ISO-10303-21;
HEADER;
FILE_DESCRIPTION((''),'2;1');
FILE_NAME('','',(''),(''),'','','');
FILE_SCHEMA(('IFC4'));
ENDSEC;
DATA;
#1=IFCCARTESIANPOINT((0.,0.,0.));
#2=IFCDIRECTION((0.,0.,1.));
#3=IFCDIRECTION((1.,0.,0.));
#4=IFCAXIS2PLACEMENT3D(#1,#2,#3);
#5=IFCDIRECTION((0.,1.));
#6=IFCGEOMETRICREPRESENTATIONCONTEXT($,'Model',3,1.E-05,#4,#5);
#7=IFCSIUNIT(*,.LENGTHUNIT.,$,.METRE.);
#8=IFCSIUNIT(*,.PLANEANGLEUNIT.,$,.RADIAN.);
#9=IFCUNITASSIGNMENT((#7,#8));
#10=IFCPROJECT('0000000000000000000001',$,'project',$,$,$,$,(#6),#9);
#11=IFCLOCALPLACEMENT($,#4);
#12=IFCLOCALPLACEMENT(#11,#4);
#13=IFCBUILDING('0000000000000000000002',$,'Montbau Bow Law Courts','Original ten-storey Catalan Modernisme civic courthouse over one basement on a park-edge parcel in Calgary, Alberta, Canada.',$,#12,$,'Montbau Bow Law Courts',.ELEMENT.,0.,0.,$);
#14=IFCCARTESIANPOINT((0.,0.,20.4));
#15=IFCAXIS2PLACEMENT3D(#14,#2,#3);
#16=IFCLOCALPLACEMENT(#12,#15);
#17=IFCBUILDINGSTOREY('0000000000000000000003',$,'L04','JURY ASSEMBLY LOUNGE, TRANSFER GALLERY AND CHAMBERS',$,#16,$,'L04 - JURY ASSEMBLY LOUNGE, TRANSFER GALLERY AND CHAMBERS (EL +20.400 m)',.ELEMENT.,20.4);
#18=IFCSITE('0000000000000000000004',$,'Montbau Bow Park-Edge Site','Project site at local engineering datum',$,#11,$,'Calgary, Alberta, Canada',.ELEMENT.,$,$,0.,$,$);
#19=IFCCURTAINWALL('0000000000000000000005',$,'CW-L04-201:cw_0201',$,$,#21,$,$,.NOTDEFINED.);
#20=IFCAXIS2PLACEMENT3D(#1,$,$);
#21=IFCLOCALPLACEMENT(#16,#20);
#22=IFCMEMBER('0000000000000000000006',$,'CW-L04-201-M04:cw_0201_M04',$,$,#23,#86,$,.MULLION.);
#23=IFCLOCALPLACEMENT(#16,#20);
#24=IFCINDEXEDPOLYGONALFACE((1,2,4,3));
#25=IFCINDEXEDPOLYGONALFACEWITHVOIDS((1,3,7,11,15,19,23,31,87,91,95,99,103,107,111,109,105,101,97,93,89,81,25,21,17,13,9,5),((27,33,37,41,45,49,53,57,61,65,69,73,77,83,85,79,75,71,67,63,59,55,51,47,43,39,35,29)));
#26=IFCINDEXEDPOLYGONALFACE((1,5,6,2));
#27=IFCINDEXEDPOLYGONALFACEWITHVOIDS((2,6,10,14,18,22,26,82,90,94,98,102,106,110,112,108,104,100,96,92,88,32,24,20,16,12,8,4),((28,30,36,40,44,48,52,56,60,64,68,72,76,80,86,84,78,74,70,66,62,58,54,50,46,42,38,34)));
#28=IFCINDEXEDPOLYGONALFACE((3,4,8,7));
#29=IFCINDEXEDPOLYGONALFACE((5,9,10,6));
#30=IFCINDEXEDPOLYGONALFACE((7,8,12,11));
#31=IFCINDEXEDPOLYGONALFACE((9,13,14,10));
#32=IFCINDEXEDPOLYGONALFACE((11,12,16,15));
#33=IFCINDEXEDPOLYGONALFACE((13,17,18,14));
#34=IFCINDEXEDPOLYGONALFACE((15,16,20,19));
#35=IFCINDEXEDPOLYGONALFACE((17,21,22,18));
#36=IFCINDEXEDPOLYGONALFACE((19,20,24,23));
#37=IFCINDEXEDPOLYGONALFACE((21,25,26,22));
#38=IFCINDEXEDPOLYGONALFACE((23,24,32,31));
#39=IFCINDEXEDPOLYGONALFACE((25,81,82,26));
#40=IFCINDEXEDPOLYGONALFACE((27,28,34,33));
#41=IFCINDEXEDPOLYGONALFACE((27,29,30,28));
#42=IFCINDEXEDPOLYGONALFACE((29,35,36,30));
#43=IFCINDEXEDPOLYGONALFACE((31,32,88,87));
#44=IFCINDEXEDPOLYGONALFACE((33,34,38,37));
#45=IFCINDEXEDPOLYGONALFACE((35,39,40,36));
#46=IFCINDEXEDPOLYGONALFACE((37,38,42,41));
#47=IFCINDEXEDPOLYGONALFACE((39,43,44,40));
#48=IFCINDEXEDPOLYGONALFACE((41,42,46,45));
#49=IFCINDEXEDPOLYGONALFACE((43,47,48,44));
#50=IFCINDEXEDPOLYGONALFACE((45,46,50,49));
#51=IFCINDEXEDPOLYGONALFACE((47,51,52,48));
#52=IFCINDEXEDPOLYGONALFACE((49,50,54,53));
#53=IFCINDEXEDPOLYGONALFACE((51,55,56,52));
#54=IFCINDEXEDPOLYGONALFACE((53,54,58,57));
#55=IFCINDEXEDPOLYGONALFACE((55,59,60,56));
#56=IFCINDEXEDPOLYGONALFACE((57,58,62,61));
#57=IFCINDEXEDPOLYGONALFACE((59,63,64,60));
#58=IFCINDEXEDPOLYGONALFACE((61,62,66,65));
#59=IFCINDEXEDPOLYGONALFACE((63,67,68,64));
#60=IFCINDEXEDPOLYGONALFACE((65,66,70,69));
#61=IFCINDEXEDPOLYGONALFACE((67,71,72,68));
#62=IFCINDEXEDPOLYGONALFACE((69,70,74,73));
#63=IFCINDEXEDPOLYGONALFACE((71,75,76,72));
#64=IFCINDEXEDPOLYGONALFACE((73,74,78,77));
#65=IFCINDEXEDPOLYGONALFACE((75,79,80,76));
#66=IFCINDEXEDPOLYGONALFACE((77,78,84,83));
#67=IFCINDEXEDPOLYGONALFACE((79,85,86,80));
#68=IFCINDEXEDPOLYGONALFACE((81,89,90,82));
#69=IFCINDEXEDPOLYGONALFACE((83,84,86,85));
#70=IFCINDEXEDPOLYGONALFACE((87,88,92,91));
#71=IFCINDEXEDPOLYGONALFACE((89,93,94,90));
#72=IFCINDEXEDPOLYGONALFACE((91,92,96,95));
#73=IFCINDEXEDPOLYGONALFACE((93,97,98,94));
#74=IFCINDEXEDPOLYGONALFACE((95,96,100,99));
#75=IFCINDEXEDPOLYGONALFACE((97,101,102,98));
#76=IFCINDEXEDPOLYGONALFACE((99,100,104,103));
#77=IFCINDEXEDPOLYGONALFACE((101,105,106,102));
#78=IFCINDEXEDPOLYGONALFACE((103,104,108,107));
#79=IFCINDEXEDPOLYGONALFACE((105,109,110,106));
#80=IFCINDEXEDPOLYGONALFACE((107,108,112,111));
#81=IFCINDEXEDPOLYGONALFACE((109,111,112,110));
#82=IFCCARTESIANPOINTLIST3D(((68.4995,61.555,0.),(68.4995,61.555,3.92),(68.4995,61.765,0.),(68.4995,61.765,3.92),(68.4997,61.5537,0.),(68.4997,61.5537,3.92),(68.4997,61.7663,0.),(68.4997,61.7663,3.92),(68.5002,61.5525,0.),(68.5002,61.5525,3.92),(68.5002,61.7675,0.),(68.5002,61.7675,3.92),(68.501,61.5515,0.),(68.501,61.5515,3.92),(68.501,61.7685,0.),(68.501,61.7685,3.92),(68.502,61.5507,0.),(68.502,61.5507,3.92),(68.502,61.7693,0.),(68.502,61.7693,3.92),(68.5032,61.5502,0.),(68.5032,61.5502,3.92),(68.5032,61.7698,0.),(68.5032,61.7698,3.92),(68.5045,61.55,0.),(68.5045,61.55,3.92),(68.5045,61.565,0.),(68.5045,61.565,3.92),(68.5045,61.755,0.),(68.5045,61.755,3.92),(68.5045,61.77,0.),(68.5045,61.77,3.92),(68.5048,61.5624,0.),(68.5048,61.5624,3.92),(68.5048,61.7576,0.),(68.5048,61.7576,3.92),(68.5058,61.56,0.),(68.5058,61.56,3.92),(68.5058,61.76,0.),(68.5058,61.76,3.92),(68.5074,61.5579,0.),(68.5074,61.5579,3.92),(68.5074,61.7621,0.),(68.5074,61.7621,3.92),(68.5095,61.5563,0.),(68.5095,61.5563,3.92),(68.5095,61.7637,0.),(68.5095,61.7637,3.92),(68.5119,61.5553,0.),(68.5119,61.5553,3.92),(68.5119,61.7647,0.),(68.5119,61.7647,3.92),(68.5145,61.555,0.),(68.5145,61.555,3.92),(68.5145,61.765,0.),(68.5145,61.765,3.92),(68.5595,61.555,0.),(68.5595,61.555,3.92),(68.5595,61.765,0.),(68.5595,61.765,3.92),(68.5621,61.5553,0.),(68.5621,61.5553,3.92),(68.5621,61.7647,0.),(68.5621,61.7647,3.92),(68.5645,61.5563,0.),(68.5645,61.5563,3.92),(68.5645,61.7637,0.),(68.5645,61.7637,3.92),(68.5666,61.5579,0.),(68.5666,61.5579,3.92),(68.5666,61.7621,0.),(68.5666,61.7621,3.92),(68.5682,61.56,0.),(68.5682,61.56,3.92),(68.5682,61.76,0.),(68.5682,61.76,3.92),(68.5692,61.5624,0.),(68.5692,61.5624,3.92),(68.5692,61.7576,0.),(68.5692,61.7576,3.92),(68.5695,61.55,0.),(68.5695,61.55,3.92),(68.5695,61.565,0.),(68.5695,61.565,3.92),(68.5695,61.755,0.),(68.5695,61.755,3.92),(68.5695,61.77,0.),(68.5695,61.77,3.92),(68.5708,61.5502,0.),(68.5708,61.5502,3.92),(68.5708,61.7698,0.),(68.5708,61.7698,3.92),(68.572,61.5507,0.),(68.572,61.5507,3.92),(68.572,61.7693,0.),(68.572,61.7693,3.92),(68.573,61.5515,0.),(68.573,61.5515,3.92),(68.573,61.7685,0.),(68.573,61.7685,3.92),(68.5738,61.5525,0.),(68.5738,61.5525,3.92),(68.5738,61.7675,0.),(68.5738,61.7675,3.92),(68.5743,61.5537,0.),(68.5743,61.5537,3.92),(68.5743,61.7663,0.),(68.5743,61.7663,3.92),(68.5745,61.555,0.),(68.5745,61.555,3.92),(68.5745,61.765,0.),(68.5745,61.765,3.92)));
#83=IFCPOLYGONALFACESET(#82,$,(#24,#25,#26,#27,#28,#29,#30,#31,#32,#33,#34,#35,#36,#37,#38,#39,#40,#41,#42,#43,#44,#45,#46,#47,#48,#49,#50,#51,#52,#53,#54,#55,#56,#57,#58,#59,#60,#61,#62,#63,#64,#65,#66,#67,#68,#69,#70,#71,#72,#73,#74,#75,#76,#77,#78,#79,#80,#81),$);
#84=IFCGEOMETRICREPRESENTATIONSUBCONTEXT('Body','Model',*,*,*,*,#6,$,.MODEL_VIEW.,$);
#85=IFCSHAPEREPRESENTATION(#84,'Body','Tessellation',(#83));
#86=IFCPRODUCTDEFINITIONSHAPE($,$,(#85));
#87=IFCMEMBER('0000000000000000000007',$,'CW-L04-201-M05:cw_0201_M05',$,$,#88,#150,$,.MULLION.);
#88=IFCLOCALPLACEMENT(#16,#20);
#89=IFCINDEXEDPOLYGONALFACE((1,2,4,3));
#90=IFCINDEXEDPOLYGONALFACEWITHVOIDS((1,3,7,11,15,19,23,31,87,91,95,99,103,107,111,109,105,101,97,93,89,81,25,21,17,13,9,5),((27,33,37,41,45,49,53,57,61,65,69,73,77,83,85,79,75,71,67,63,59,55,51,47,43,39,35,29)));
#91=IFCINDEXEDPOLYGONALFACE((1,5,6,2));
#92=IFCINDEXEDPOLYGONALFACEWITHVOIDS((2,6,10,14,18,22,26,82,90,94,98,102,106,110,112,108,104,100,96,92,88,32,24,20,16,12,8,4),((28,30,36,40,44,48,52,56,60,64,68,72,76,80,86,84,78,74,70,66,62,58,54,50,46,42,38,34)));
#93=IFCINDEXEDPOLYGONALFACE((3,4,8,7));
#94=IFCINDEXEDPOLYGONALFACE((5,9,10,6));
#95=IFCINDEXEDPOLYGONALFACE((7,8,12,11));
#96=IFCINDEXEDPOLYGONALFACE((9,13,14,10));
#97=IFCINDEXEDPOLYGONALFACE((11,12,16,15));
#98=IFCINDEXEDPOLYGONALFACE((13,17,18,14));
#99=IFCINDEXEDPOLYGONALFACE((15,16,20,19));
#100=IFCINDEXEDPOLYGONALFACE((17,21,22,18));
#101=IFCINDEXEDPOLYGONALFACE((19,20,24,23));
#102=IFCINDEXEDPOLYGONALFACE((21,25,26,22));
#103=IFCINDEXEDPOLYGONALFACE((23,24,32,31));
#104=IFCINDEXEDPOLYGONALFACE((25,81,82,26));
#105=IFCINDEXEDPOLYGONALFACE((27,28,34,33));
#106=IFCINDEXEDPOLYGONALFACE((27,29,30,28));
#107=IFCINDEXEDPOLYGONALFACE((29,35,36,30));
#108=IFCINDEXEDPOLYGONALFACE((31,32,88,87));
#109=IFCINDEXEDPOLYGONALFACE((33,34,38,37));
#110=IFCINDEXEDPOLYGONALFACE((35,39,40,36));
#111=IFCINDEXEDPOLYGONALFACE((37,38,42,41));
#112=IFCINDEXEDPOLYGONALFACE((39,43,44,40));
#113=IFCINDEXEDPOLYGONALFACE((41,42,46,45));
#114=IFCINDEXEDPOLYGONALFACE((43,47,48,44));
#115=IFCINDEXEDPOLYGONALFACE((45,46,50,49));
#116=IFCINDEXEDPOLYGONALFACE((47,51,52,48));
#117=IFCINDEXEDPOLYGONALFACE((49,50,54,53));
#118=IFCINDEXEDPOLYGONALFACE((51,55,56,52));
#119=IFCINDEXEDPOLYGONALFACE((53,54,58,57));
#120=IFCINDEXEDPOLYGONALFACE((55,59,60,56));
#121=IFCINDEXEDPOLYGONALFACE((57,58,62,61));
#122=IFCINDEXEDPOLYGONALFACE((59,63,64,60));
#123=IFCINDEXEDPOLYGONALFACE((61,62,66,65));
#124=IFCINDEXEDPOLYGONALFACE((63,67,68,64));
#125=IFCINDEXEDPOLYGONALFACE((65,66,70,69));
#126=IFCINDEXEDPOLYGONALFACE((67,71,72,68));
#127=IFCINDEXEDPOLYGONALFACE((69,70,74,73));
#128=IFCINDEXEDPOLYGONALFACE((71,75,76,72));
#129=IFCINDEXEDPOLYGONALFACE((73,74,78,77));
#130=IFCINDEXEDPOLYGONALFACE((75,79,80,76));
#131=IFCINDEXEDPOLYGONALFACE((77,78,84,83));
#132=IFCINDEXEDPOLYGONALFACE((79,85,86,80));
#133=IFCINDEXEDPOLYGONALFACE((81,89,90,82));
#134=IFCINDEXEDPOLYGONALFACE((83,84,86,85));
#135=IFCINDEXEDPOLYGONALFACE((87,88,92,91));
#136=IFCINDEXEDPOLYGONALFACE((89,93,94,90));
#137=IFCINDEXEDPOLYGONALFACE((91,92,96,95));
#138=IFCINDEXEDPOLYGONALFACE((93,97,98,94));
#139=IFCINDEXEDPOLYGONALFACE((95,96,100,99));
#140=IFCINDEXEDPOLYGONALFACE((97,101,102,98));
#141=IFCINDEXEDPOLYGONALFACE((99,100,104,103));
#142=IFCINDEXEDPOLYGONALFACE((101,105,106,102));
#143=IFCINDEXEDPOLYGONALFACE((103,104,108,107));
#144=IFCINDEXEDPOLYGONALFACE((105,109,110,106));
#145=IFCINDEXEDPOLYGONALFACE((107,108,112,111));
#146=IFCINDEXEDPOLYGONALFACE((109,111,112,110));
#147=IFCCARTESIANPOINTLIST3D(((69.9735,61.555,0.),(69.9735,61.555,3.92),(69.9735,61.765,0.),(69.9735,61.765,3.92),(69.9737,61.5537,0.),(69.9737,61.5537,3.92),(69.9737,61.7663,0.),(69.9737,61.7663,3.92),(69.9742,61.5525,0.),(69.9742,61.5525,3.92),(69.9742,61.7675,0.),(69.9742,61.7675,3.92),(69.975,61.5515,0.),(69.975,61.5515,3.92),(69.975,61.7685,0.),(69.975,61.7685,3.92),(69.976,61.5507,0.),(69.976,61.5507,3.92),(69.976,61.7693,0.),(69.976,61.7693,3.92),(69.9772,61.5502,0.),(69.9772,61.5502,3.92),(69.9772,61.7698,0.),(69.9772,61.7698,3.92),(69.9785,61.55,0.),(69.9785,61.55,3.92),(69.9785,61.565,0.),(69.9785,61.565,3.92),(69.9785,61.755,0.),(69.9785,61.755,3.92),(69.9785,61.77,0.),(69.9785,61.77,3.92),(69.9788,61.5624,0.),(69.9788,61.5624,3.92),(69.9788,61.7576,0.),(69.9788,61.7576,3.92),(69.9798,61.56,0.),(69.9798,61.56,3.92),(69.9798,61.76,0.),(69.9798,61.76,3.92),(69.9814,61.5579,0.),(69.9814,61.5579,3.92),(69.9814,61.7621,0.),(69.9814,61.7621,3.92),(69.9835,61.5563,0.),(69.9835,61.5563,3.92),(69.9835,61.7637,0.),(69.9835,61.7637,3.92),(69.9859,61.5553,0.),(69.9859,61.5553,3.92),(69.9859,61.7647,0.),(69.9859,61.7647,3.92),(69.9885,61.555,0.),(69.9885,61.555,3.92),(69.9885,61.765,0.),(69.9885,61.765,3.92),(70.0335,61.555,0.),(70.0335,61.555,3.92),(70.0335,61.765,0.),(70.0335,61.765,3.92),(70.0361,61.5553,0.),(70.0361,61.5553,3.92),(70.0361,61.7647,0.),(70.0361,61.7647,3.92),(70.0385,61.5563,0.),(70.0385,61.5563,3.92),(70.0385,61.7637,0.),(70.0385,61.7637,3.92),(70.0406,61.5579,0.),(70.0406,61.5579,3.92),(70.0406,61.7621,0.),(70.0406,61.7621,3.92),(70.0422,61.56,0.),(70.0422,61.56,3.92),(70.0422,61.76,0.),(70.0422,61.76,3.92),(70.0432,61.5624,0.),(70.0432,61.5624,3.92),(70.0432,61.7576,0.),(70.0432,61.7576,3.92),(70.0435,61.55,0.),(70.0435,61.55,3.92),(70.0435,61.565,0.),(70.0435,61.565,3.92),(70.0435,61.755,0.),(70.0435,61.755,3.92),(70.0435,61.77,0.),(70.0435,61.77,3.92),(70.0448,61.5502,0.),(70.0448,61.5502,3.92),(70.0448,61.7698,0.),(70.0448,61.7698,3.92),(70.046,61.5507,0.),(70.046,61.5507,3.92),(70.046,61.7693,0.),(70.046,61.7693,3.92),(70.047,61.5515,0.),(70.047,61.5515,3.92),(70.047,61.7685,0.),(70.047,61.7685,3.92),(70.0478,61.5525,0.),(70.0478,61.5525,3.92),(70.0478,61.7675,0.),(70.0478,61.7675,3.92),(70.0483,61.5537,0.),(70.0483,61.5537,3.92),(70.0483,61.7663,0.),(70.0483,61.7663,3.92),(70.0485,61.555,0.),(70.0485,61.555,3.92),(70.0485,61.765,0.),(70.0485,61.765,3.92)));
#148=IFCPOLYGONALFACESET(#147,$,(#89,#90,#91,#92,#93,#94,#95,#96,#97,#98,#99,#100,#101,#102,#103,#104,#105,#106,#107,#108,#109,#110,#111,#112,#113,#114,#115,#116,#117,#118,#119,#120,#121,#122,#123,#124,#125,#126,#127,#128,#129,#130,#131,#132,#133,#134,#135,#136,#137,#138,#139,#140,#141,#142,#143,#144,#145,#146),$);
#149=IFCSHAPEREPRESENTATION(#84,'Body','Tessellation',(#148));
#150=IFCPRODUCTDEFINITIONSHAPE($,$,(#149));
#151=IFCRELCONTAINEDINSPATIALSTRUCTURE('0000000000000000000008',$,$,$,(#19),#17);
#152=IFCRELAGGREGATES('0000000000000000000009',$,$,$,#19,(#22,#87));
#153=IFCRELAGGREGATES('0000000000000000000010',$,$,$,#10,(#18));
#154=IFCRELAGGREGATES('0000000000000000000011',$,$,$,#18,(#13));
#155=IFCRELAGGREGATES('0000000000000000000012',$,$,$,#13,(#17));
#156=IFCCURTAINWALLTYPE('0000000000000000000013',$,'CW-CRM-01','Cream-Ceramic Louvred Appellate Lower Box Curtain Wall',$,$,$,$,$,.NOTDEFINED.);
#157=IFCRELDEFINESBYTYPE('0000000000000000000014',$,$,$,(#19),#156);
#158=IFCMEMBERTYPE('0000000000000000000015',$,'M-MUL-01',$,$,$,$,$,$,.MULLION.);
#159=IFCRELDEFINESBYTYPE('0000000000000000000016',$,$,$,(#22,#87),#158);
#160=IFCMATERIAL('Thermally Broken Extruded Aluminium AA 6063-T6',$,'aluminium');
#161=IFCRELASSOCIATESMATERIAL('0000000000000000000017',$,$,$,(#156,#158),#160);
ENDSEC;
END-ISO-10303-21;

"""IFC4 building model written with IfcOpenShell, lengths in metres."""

from ifc_helpers import new_model, si_unit, direction, frame, origin_with_axes, origin_2d_with_axis, place, context, subcontext, project, spatial, hollow_rectangle, extrude, material, material_profile, profile_set, type_object, element, aggregate, save


model = new_model("IFC4")

# Units and contexts
model_context = context("Model", 3, precision=1e-05, world=origin_with_axes(), true_north=direction((0.0, 1.0)))
body_context = subcontext(model_context, "Body", "Model", "MODEL_VIEW")
ifc_project = project(units=[si_unit("LENGTHUNIT", "METRE"), si_unit("PLANEANGLEUNIT", "RADIAN")], contexts=[model_context])

# Site, building, storey
site_placement = place(None, origin_with_axes())
site = spatial("IfcSite", under=ifc_project, at=site_placement, Name="Montbau Bow Park-Edge Site", Description="Project site at local engineering datum", LongName="Calgary, Alberta, Canada", CompositionType="ELEMENT", RefElevation=0.0)
building_placement = place(site_placement, origin_with_axes())
building = spatial("IfcBuilding", under=site, at=building_placement, Name="Montbau Bow Law Courts", Description="Original ten-storey Catalan Modernisme civic courthouse over one basement on a park-edge parcel in Calgary, Alberta, Canada.", LongName="Montbau Bow Law Courts", CompositionType="ELEMENT", ElevationOfRefHeight=0.0, ElevationOfTerrain=0.0)
storey_placement = place(building_placement, frame((0.0, 0.0, 20.4), z_axis=(0.0, 0.0, 1.0), x_axis=(1.0, 0.0, 0.0)))
storey = spatial("IfcBuildingStorey", under=building, at=storey_placement, Name="L04", Description="JURY ASSEMBLY LOUNGE, TRANSFER GALLERY AND CHAMBERS", LongName="L04 - JURY ASSEMBLY LOUNGE, TRANSFER GALLERY AND CHAMBERS (EL +20.400 m)", CompositionType="ELEMENT", Elevation=20.4)

# Curtain wall, members
ifc_material_1 = material(Name="Thermally Broken Extruded Aluminium AA 6063-T6", Category="aluminium")
curtain_wall_type = type_object("IfcCurtainWallType", Name="CW-CRM-01", Description="Cream-Ceramic Louvred Appellate Lower Box Curtain Wall", PredefinedType="NOTDEFINED", material=ifc_material_1)
curtain_wall_1_placement = place(None, frame((64.115, 61.66, 20.4), z_axis=(0.0, 0.0, 1.0), x_axis=(1.0, 0.0, 0.0)))
curtain_wall_1 = element("IfcCurtainWall", 1, at=curtain_wall_1_placement, inside=storey, type_object=curtain_wall_type, Name="CW-L04-201:cw_0201", PredefinedType="NOTDEFINED")
ifc_material_profile_1 = material_profile(ifc_material_1, hollow_rectangle(XDim=0.075, YDim=0.22, WallThickness=0.005, InnerFilletRadius=0.01, OuterFilletRadius=0.005, at=origin_2d_with_axis()), Name="CWM-220X75", Category="Main", Priority=0)
ifc_profile_set_1 = profile_set([ifc_material_profile_1], Name="Thermally Broken Extruded Aluminium AA 6063-T6")
member_type_1 = type_object("IfcMemberType", Name="M-MUL-01", PredefinedType="MULLION", material=ifc_profile_set_1)
member_1_placement = place(None, frame((68.537, 61.66, 20.4), z_axis=(0.0, 0.0, 1.0), x_axis=(1.0, 0.0, 0.0)))
member_1 = element("IfcMember", 2, at=member_1_placement, type_object=member_type_1, Name="CW-L04-201-M04:cw_0201_M04", PredefinedType="MULLION", context=body_context, shape_type="SweptSolid", body=[
    extrude(hollow_rectangle(XDim=0.075, YDim=0.22, WallThickness=0.005, InnerFilletRadius=0.01, OuterFilletRadius=0.005, at=origin_2d_with_axis()), origin_with_axes(), (0.0, 0.0, 1.0), 3.92),
])
member_2_placement = place(None, frame((70.011, 61.66, 20.4), z_axis=(0.0, 0.0, 1.0), x_axis=(1.0, 0.0, 0.0)))
member_2 = element("IfcMember", 3, at=member_2_placement, type_object=member_type_1, Name="CW-L04-201-M05:cw_0201_M05", PredefinedType="MULLION", context=body_context, shape_type="SweptSolid", body=[
    extrude(hollow_rectangle(XDim=0.075, YDim=0.22, WallThickness=0.005, InnerFilletRadius=0.01, OuterFilletRadius=0.005, at=origin_2d_with_axis()), origin_with_axes(), (0.0, 0.0, 1.0), 3.92),
])

aggregate(curtain_wall_1, [member_1, member_2])

save(model, "model.ifc")
